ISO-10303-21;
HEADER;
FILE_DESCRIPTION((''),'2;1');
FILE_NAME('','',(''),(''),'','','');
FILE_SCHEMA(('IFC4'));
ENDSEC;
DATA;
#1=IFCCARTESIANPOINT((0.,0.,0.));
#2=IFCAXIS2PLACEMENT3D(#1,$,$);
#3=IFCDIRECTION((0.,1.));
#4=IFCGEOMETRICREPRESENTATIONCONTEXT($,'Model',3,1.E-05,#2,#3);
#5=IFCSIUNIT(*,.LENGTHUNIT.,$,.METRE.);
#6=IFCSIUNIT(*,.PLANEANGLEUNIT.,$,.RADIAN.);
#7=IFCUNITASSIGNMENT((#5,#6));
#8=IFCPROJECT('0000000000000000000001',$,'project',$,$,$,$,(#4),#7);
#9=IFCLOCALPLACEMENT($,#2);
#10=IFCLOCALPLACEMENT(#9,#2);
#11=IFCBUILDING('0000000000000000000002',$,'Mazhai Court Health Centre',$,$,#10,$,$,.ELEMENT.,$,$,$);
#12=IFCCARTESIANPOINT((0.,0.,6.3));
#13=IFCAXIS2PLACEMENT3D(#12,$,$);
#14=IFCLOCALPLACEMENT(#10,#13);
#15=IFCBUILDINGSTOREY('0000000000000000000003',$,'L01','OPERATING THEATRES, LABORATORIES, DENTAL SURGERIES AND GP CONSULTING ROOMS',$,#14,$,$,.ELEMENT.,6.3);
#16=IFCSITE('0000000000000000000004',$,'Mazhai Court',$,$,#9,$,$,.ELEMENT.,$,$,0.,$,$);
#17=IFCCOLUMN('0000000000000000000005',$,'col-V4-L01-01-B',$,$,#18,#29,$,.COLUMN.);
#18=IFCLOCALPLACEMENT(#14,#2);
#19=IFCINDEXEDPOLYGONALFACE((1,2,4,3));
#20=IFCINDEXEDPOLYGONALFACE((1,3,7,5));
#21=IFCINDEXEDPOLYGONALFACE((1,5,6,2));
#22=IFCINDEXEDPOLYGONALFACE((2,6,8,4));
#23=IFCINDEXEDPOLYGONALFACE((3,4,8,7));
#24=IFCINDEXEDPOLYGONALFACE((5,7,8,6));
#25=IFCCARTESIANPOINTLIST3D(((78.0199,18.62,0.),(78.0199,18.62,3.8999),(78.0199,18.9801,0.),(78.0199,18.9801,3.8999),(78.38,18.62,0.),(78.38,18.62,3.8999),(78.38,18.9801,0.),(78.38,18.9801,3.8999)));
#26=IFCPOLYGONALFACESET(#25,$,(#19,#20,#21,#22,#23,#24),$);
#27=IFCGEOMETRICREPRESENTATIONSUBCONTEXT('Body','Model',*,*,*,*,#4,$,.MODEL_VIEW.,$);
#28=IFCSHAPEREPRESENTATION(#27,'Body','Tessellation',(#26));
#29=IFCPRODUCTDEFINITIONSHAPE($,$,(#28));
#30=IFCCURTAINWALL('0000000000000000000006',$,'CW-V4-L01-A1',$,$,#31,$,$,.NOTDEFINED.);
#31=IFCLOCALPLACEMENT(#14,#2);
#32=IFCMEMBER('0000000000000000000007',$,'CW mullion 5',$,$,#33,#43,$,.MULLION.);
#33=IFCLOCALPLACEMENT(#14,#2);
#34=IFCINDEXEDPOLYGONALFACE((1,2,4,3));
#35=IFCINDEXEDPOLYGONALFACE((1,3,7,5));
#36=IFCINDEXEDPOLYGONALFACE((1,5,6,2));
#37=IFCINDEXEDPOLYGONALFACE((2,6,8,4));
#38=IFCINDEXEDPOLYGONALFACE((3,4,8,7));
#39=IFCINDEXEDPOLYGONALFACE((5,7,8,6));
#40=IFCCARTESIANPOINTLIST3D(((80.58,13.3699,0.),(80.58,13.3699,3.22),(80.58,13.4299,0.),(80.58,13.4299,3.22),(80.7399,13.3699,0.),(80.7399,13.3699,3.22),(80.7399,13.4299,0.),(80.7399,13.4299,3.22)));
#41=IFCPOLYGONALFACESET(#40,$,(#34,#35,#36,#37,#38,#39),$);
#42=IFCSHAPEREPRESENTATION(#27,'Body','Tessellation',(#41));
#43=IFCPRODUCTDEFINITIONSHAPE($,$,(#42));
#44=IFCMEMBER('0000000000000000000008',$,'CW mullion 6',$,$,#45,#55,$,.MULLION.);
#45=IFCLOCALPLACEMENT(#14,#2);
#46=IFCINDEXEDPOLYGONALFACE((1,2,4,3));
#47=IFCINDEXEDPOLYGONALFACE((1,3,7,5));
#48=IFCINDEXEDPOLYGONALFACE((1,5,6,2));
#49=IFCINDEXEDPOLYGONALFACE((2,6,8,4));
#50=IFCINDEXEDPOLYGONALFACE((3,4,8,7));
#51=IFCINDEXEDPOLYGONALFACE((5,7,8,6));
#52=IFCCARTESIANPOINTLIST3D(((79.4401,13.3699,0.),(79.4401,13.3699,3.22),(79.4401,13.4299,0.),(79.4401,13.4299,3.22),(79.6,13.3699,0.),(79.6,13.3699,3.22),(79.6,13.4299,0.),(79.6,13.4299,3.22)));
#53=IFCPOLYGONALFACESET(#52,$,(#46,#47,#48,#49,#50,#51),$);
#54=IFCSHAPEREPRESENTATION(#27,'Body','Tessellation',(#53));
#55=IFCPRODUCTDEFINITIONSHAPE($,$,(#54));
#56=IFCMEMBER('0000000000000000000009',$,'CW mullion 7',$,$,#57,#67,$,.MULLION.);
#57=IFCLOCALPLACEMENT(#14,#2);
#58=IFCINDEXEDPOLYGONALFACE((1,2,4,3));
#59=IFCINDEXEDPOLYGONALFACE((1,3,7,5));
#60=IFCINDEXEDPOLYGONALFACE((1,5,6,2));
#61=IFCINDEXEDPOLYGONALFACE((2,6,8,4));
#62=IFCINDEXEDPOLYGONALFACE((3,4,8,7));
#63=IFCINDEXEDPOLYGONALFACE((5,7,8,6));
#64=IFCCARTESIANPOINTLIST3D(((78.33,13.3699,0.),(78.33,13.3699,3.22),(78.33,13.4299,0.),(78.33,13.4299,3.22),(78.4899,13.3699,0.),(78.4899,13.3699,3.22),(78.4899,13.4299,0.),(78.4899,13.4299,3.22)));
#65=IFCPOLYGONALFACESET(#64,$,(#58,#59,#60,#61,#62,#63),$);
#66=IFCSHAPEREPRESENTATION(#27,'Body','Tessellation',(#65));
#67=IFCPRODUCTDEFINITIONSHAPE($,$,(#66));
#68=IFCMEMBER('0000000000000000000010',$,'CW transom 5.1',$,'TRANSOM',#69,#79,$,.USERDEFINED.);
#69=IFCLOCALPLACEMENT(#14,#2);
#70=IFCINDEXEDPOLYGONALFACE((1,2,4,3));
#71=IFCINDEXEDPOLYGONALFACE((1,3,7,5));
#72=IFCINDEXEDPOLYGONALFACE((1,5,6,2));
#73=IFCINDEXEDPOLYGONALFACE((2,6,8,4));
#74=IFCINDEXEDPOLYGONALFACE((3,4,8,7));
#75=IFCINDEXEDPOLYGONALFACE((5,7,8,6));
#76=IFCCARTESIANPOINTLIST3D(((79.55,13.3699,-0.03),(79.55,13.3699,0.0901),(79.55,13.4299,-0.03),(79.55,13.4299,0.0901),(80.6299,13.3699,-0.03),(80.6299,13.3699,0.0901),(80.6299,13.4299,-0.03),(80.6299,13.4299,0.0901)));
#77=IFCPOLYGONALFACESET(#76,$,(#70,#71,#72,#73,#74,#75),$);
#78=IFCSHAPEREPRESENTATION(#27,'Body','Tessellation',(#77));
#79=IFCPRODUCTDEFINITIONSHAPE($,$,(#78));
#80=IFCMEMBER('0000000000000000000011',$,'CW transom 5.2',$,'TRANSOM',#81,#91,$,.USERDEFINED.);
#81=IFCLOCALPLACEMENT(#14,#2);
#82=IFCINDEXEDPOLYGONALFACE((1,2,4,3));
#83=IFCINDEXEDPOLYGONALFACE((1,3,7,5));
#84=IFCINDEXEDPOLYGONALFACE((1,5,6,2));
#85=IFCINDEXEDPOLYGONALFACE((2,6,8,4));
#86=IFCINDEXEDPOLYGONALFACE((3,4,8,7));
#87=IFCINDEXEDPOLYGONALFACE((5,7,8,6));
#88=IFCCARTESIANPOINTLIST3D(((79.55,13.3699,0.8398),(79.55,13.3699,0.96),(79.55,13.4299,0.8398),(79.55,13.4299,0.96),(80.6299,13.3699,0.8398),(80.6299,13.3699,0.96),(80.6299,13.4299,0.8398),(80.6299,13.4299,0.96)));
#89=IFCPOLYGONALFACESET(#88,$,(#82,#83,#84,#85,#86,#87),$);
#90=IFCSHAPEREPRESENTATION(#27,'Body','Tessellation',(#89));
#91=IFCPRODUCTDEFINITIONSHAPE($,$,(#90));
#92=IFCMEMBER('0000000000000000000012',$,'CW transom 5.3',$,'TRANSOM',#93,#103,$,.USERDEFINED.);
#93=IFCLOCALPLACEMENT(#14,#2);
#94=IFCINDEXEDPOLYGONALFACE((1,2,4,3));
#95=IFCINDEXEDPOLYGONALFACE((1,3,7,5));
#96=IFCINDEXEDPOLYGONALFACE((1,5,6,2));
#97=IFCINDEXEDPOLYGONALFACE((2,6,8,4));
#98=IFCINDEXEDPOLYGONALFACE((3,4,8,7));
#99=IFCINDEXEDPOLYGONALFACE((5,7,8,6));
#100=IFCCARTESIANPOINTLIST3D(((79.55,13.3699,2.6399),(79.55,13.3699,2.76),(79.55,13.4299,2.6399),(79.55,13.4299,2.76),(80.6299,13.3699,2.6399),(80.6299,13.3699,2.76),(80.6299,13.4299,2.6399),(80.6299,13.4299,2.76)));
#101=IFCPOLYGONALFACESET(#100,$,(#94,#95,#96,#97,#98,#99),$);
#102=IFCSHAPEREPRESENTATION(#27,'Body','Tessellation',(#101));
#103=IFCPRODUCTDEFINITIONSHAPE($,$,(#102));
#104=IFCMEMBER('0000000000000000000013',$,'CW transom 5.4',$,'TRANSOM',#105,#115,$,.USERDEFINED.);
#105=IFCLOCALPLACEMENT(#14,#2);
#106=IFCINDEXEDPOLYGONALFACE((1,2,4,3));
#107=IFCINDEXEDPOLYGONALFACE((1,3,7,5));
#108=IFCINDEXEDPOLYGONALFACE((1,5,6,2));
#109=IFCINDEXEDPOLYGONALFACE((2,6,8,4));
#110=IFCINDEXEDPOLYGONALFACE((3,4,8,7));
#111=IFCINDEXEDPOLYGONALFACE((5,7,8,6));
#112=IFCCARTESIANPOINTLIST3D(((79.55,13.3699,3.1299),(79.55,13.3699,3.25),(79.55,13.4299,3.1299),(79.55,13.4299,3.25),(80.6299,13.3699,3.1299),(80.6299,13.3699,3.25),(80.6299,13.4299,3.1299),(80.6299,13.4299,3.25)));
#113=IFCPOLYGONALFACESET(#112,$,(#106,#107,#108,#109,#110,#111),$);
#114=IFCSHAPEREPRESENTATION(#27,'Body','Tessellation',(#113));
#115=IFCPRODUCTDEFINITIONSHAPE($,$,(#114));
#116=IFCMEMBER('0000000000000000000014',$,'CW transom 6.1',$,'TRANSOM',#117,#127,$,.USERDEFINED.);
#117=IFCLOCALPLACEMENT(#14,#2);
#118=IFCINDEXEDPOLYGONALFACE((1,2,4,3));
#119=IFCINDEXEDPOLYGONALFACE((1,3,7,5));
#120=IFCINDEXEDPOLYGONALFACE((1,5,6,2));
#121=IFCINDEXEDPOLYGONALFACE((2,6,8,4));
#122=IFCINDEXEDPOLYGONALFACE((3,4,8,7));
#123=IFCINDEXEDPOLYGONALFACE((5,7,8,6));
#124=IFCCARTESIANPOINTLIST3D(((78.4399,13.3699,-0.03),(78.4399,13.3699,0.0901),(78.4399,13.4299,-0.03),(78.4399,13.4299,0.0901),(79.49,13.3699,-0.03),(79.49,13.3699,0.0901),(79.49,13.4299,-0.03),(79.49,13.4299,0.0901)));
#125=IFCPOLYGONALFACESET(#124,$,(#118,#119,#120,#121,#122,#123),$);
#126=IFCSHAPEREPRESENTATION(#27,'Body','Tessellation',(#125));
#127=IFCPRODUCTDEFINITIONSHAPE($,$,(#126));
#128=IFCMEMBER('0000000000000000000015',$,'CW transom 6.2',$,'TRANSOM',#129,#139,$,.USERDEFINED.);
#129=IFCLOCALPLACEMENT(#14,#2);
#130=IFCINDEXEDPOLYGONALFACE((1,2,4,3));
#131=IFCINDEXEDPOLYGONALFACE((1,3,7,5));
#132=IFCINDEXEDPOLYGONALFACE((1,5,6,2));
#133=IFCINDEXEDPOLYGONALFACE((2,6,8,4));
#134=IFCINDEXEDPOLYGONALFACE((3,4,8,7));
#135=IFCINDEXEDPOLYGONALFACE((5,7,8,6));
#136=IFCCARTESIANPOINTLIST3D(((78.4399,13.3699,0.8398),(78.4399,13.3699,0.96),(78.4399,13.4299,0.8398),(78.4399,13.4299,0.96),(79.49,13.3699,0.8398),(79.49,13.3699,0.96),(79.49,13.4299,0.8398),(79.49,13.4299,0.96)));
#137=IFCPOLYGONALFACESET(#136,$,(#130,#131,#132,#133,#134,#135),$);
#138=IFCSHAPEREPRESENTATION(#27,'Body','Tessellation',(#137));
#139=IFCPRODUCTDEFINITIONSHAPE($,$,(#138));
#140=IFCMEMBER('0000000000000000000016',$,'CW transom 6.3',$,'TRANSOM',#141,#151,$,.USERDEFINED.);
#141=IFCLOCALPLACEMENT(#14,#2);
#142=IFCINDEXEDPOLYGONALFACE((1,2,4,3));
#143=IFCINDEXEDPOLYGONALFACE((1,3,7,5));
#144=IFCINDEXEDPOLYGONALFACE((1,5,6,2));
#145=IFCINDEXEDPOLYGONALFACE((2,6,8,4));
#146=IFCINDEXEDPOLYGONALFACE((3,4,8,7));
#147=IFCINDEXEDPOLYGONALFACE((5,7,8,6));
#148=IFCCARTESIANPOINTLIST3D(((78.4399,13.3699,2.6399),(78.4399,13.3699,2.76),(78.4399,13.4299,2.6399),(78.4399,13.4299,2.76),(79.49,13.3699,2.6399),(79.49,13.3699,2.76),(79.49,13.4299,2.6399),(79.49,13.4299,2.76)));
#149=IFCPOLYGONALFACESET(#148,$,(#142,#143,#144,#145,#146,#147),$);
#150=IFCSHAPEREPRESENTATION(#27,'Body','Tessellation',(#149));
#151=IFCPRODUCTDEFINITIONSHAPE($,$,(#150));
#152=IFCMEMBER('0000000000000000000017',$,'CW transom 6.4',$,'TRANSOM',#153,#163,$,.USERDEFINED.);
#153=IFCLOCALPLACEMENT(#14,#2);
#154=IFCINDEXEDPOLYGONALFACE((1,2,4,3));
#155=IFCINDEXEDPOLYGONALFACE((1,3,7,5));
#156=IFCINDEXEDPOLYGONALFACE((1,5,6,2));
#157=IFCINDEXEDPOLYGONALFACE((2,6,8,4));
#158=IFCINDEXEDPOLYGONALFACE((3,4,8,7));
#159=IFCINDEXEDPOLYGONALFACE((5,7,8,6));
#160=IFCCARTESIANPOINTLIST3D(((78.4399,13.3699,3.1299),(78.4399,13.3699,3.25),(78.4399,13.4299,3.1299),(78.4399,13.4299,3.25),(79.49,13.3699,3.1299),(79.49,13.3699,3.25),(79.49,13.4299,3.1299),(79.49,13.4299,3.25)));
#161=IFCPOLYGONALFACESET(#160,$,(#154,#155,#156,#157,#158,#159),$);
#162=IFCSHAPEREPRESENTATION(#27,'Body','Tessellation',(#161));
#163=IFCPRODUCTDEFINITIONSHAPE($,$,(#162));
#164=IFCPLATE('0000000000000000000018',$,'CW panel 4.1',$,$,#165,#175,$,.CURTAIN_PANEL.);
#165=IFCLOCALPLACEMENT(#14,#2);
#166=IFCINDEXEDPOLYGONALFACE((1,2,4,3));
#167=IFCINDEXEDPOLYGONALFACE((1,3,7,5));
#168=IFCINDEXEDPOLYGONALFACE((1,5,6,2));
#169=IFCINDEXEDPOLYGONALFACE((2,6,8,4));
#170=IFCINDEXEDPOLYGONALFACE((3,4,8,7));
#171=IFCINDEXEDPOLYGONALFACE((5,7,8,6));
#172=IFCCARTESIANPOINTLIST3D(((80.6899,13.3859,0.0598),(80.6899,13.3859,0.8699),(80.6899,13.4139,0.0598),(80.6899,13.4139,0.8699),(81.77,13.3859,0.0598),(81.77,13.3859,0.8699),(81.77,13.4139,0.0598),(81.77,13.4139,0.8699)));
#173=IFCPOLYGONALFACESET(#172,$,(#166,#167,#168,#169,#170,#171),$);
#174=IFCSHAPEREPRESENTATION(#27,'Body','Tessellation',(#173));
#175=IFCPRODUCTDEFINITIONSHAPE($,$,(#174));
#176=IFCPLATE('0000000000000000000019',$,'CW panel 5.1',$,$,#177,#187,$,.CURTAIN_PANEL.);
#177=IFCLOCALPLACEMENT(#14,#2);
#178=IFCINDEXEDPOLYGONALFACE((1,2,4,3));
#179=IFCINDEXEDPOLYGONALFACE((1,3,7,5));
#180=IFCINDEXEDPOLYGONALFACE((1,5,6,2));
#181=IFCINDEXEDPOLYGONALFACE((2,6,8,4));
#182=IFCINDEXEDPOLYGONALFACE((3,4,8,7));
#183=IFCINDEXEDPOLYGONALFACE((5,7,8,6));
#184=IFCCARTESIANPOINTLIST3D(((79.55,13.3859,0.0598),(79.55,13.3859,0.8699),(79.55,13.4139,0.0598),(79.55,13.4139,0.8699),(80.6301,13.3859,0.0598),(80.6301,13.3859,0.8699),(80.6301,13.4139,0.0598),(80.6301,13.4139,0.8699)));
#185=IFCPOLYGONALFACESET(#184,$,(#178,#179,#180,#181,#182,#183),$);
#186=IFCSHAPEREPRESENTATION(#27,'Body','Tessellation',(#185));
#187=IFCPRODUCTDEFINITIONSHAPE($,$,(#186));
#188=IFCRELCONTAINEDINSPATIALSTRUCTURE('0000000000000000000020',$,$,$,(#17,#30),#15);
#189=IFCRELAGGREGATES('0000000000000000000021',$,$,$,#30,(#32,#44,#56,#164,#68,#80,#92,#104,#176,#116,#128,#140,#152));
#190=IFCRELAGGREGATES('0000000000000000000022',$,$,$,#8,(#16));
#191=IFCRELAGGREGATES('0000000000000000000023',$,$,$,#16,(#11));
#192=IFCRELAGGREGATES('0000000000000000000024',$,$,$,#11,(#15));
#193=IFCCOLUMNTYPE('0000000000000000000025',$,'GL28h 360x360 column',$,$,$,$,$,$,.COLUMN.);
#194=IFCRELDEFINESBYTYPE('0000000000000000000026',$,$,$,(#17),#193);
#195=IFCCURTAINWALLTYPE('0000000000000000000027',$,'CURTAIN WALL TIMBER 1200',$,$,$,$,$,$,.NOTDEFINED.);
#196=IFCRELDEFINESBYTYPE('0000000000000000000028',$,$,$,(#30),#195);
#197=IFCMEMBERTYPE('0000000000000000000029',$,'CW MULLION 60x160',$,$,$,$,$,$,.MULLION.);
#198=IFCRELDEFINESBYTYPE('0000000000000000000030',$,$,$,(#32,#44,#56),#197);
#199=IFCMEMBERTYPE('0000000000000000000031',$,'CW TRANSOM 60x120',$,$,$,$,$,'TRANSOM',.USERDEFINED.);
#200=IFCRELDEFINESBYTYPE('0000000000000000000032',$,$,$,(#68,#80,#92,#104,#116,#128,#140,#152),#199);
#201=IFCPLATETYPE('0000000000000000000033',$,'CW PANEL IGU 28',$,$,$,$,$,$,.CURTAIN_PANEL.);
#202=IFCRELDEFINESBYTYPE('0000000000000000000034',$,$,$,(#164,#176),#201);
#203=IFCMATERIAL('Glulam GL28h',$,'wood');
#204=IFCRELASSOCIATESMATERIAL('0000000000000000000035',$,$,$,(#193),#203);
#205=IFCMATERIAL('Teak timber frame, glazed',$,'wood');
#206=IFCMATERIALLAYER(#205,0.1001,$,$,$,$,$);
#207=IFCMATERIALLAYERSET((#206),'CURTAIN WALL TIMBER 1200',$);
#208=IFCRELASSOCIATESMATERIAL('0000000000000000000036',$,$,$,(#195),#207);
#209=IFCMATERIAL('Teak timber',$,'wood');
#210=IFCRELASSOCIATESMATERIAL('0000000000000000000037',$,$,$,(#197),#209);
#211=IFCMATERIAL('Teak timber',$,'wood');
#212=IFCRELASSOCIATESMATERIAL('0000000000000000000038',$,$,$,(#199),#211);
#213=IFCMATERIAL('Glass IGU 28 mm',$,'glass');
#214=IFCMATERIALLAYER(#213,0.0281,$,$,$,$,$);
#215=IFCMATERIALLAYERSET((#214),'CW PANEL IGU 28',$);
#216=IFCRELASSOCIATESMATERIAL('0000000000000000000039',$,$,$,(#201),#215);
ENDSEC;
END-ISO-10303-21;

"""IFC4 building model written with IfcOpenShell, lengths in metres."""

from ifc_helpers import new_model, si_unit, direction, frame, origin, origin_2d, place, context, subcontext, project, spatial, rectangle, extrude, material, layer, layer_set, material_profile, profile_set, type_object, element, aggregate, save


model = new_model("IFC4")

# Units and contexts
model_context = context("Model", 3, precision=1e-05, world=origin(), true_north=direction((0.0, 1.0)))
body_context = subcontext(model_context, "Body", "Model", "MODEL_VIEW")
ifc_project = project(units=[si_unit("LENGTHUNIT", "METRE"), si_unit("PLANEANGLEUNIT", "RADIAN")], contexts=[model_context])

# Site, building, storey
site_placement = place(None, origin())
site = spatial("IfcSite", under=ifc_project, at=site_placement, Name="Mazhai Court", CompositionType="ELEMENT", RefElevation=0.0)
building_placement = place(site_placement, origin())
building = spatial("IfcBuilding", under=site, at=building_placement, Name="Mazhai Court Health Centre", CompositionType="ELEMENT")
storey_placement = place(building_placement, frame((0.0, 0.0, 6.3)))
storey = spatial("IfcBuildingStorey", under=building, at=storey_placement, Name="L01", Description="OPERATING THEATRES, LABORATORIES, DENTAL SURGERIES AND GP CONSULTING ROOMS", CompositionType="ELEMENT", Elevation=6.3)

# Column
ifc_material_1 = material(Name="Glulam GL28h", Category="wood")
ifc_material_profile_1 = material_profile(ifc_material_1, rectangle(XDim=0.3601, YDim=0.3601, at=origin_2d()), Name="GL28h 360x360")
ifc_profile_set_1 = profile_set([ifc_material_profile_1], Name="Glulam GL28h")
column_type = type_object("IfcColumnType", Name="GL28h 360x360 column", PredefinedType="COLUMN", material=ifc_profile_set_1)
column_placement = place(storey_placement, frame((78.2, 18.8, 0.0), z_axis=(0.0, 0.0, 1.0), x_axis=(1.0, 0.0, 0.0)))
element("IfcColumn", 1, at=column_placement, inside=storey, type_object=column_type, Name="col-V4-L01-01-B", PredefinedType="COLUMN", context=body_context, shape_type="SweptSolid", body=[
    extrude(rectangle(XDim=0.3601, YDim=0.3601, at=origin_2d()), origin(), (0.0, 0.0, 1.0), 3.8999),
])

# Curtain wall, members, plates
ifc_material_2 = material(Name="Teak timber frame, glazed", Category="wood")
ifc_layer_1 = layer(ifc_material_2, 0.1001)
ifc_layer_set_1 = layer_set([ifc_layer_1], Name="CURTAIN WALL TIMBER 1200")
curtain_wall_type = type_object("IfcCurtainWallType", Name="CURTAIN WALL TIMBER 1200", PredefinedType="NOTDEFINED", material=ifc_layer_set_1)
curtain_wall_placement = place(storey_placement, origin())
curtain_wall = element("IfcCurtainWall", 2, at=curtain_wall_placement, inside=storey, type_object=curtain_wall_type, Name="CW-V4-L01-A1", PredefinedType="NOTDEFINED")
ifc_material_3 = material(Name="Teak timber", Category="wood")
ifc_material_profile_2 = material_profile(ifc_material_3, rectangle(XDim=0.0601, YDim=0.1599, at=origin_2d()), Name="CW MULLION 60x160")
ifc_profile_set_2 = profile_set([ifc_material_profile_2], Name="Teak timber")
member_type_1 = type_object("IfcMemberType", Name="CW MULLION 60x160", PredefinedType="MULLION", material=ifc_profile_set_2)
member_1_placement = place(storey_placement, frame((80.6599, 13.3999, 0.0), z_axis=(0.0, 0.0, 1.0), x_axis=(0.0, -1.0, 0.0)))
member_1 = element("IfcMember", 3, at=member_1_placement, type_object=member_type_1, Name="CW mullion 5", PredefinedType="MULLION", context=body_context, shape_type="SweptSolid", body=[
    extrude(rectangle(XDim=0.0601, YDim=0.1599, at=origin_2d()), origin(), (0.0, 0.0, 1.0), 3.22),
])
member_2_placement = place(storey_placement, frame((79.52, 13.3999, 0.0), z_axis=(0.0, 0.0, 1.0), x_axis=(0.0, -1.0, 0.0)))
member_2 = element("IfcMember", 4, at=member_2_placement, type_object=member_type_1, Name="CW mullion 6", PredefinedType="MULLION", context=body_context, shape_type="SweptSolid", body=[
    extrude(rectangle(XDim=0.0601, YDim=0.1599, at=origin_2d()), origin(), (0.0, 0.0, 1.0), 3.22),
])
member_3_placement = place(storey_placement, frame((78.4099, 13.3999, 0.0), z_axis=(0.0, 0.0, 1.0), x_axis=(0.0, -1.0, 0.0)))
member_3 = element("IfcMember", 5, at=member_3_placement, type_object=member_type_1, Name="CW mullion 7", PredefinedType="MULLION", context=body_context, shape_type="SweptSolid", body=[
    extrude(rectangle(XDim=0.0601, YDim=0.1599, at=origin_2d()), origin(), (0.0, 0.0, 1.0), 3.22),
])
ifc_material_4 = material(Name="Teak timber", Category="wood")
ifc_material_profile_3 = material_profile(ifc_material_4, rectangle(XDim=0.0601, YDim=0.1201, at=origin_2d()), Name="CW TRANSOM 60x120")
ifc_profile_set_3 = profile_set([ifc_material_profile_3], Name="Teak timber")
member_type_2 = type_object("IfcMemberType", Name="CW TRANSOM 60x120", ElementType="TRANSOM", PredefinedType="USERDEFINED", material=ifc_profile_set_3)
member_4_placement = place(storey_placement, frame((80.6299, 13.3999, 0.03), z_axis=(-1.0, 0.0, 0.0), x_axis=(0.0, -1.0, 0.0)))
member_4 = element("IfcMember", 6, at=member_4_placement, type_object=member_type_2, Name="CW transom 5.1", ObjectType="TRANSOM", PredefinedType="USERDEFINED", context=body_context, shape_type="SweptSolid", body=[
    extrude(rectangle(XDim=0.0601, YDim=0.1201, at=origin_2d()), origin(), (0.0, 0.0, 1.0), 1.0798),
])
member_5_placement = place(storey_placement, frame((80.6299, 13.3999, 0.8999), z_axis=(-1.0, 0.0, 0.0), x_axis=(0.0, -1.0, 0.0)))
member_5 = element("IfcMember", 7, at=member_5_placement, type_object=member_type_2, Name="CW transom 5.2", ObjectType="TRANSOM", PredefinedType="USERDEFINED", context=body_context, shape_type="SweptSolid", body=[
    extrude(rectangle(XDim=0.0601, YDim=0.1201, at=origin_2d()), origin(), (0.0, 0.0, 1.0), 1.0798),
])
member_6_placement = place(storey_placement, frame((80.6299, 13.3999, 2.7), z_axis=(-1.0, 0.0, 0.0), x_axis=(0.0, -1.0, 0.0)))
member_6 = element("IfcMember", 8, at=member_6_placement, type_object=member_type_2, Name="CW transom 5.3", ObjectType="TRANSOM", PredefinedType="USERDEFINED", context=body_context, shape_type="SweptSolid", body=[
    extrude(rectangle(XDim=0.0601, YDim=0.1201, at=origin_2d()), origin(), (0.0, 0.0, 1.0), 1.0798),
])
member_7_placement = place(storey_placement, frame((80.6299, 13.3999, 3.1899), z_axis=(-1.0, 0.0, 0.0), x_axis=(0.0, -1.0, 0.0)))
member_7 = element("IfcMember", 9, at=member_7_placement, type_object=member_type_2, Name="CW transom 5.4", ObjectType="TRANSOM", PredefinedType="USERDEFINED", context=body_context, shape_type="SweptSolid", body=[
    extrude(rectangle(XDim=0.0601, YDim=0.1201, at=origin_2d()), origin(), (0.0, 0.0, 1.0), 1.0798),
])
member_8_placement = place(storey_placement, frame((79.49, 13.3999, 0.03), z_axis=(-1.0, 0.0, 0.0), x_axis=(0.0, -1.0, 0.0)))
member_8 = element("IfcMember", 10, at=member_8_placement, type_object=member_type_2, Name="CW transom 6.1", ObjectType="TRANSOM", PredefinedType="USERDEFINED", context=body_context, shape_type="SweptSolid", body=[
    extrude(rectangle(XDim=0.0601, YDim=0.1201, at=origin_2d()), origin(), (0.0, 0.0, 1.0), 1.05),
])
member_9_placement = place(storey_placement, frame((79.49, 13.3999, 0.8999), z_axis=(-1.0, 0.0, 0.0), x_axis=(0.0, -1.0, 0.0)))
member_9 = element("IfcMember", 11, at=member_9_placement, type_object=member_type_2, Name="CW transom 6.2", ObjectType="TRANSOM", PredefinedType="USERDEFINED", context=body_context, shape_type="SweptSolid", body=[
    extrude(rectangle(XDim=0.0601, YDim=0.1201, at=origin_2d()), origin(), (0.0, 0.0, 1.0), 1.05),
])
member_10_placement = place(storey_placement, frame((79.49, 13.3999, 2.7), z_axis=(-1.0, 0.0, 0.0), x_axis=(0.0, -1.0, 0.0)))
member_10 = element("IfcMember", 12, at=member_10_placement, type_object=member_type_2, Name="CW transom 6.3", ObjectType="TRANSOM", PredefinedType="USERDEFINED", context=body_context, shape_type="SweptSolid", body=[
    extrude(rectangle(XDim=0.0601, YDim=0.1201, at=origin_2d()), origin(), (0.0, 0.0, 1.0), 1.05),
])
member_11_placement = place(storey_placement, frame((79.49, 13.3999, 3.1899), z_axis=(-1.0, 0.0, 0.0), x_axis=(0.0, -1.0, 0.0)))
member_11 = element("IfcMember", 13, at=member_11_placement, type_object=member_type_2, Name="CW transom 6.4", ObjectType="TRANSOM", PredefinedType="USERDEFINED", context=body_context, shape_type="SweptSolid", body=[
    extrude(rectangle(XDim=0.0601, YDim=0.1201, at=origin_2d()), origin(), (0.0, 0.0, 1.0), 1.05),
])
ifc_material_5 = material(Name="Glass IGU 28 mm", Category="glass")
ifc_layer_2 = layer(ifc_material_5, 0.0281)
ifc_layer_set_2 = layer_set([ifc_layer_2], Name="CW PANEL IGU 28")
plate_type = type_object("IfcPlateType", Name="CW PANEL IGU 28", PredefinedType="CURTAIN_PANEL", material=ifc_layer_set_2)
plate_1_placement = place(storey_placement, frame((81.23, 13.3999, 0.0598), z_axis=(0.0, 0.0, 1.0), x_axis=(-1.0, 0.0, 0.0)))
plate_1 = element("IfcPlate", 14, at=plate_1_placement, type_object=plate_type, Name="CW panel 4.1", PredefinedType="CURTAIN_PANEL", context=body_context, shape_type="SweptSolid", body=[
    extrude(rectangle(XDim=1.0801, YDim=0.0281, at=origin_2d()), origin(), (0.0, 0.0, 1.0), 0.8101),
])
plate_2_placement = place(storey_placement, frame((80.0901, 13.3999, 0.0598), z_axis=(0.0, 0.0, 1.0), x_axis=(-1.0, 0.0, 0.0)))
plate_2 = element("IfcPlate", 15, at=plate_2_placement, type_object=plate_type, Name="CW panel 5.1", PredefinedType="CURTAIN_PANEL", context=body_context, shape_type="SweptSolid", body=[
    extrude(rectangle(XDim=1.0801, YDim=0.0281, at=origin_2d()), origin(), (0.0, 0.0, 1.0), 0.8101),
])
aggregate(curtain_wall, [member_1, member_2, member_3, plate_1, member_4, member_5, member_6, member_7, plate_2, member_8, member_9, member_10, member_11])

save(model, "model.ifc")
